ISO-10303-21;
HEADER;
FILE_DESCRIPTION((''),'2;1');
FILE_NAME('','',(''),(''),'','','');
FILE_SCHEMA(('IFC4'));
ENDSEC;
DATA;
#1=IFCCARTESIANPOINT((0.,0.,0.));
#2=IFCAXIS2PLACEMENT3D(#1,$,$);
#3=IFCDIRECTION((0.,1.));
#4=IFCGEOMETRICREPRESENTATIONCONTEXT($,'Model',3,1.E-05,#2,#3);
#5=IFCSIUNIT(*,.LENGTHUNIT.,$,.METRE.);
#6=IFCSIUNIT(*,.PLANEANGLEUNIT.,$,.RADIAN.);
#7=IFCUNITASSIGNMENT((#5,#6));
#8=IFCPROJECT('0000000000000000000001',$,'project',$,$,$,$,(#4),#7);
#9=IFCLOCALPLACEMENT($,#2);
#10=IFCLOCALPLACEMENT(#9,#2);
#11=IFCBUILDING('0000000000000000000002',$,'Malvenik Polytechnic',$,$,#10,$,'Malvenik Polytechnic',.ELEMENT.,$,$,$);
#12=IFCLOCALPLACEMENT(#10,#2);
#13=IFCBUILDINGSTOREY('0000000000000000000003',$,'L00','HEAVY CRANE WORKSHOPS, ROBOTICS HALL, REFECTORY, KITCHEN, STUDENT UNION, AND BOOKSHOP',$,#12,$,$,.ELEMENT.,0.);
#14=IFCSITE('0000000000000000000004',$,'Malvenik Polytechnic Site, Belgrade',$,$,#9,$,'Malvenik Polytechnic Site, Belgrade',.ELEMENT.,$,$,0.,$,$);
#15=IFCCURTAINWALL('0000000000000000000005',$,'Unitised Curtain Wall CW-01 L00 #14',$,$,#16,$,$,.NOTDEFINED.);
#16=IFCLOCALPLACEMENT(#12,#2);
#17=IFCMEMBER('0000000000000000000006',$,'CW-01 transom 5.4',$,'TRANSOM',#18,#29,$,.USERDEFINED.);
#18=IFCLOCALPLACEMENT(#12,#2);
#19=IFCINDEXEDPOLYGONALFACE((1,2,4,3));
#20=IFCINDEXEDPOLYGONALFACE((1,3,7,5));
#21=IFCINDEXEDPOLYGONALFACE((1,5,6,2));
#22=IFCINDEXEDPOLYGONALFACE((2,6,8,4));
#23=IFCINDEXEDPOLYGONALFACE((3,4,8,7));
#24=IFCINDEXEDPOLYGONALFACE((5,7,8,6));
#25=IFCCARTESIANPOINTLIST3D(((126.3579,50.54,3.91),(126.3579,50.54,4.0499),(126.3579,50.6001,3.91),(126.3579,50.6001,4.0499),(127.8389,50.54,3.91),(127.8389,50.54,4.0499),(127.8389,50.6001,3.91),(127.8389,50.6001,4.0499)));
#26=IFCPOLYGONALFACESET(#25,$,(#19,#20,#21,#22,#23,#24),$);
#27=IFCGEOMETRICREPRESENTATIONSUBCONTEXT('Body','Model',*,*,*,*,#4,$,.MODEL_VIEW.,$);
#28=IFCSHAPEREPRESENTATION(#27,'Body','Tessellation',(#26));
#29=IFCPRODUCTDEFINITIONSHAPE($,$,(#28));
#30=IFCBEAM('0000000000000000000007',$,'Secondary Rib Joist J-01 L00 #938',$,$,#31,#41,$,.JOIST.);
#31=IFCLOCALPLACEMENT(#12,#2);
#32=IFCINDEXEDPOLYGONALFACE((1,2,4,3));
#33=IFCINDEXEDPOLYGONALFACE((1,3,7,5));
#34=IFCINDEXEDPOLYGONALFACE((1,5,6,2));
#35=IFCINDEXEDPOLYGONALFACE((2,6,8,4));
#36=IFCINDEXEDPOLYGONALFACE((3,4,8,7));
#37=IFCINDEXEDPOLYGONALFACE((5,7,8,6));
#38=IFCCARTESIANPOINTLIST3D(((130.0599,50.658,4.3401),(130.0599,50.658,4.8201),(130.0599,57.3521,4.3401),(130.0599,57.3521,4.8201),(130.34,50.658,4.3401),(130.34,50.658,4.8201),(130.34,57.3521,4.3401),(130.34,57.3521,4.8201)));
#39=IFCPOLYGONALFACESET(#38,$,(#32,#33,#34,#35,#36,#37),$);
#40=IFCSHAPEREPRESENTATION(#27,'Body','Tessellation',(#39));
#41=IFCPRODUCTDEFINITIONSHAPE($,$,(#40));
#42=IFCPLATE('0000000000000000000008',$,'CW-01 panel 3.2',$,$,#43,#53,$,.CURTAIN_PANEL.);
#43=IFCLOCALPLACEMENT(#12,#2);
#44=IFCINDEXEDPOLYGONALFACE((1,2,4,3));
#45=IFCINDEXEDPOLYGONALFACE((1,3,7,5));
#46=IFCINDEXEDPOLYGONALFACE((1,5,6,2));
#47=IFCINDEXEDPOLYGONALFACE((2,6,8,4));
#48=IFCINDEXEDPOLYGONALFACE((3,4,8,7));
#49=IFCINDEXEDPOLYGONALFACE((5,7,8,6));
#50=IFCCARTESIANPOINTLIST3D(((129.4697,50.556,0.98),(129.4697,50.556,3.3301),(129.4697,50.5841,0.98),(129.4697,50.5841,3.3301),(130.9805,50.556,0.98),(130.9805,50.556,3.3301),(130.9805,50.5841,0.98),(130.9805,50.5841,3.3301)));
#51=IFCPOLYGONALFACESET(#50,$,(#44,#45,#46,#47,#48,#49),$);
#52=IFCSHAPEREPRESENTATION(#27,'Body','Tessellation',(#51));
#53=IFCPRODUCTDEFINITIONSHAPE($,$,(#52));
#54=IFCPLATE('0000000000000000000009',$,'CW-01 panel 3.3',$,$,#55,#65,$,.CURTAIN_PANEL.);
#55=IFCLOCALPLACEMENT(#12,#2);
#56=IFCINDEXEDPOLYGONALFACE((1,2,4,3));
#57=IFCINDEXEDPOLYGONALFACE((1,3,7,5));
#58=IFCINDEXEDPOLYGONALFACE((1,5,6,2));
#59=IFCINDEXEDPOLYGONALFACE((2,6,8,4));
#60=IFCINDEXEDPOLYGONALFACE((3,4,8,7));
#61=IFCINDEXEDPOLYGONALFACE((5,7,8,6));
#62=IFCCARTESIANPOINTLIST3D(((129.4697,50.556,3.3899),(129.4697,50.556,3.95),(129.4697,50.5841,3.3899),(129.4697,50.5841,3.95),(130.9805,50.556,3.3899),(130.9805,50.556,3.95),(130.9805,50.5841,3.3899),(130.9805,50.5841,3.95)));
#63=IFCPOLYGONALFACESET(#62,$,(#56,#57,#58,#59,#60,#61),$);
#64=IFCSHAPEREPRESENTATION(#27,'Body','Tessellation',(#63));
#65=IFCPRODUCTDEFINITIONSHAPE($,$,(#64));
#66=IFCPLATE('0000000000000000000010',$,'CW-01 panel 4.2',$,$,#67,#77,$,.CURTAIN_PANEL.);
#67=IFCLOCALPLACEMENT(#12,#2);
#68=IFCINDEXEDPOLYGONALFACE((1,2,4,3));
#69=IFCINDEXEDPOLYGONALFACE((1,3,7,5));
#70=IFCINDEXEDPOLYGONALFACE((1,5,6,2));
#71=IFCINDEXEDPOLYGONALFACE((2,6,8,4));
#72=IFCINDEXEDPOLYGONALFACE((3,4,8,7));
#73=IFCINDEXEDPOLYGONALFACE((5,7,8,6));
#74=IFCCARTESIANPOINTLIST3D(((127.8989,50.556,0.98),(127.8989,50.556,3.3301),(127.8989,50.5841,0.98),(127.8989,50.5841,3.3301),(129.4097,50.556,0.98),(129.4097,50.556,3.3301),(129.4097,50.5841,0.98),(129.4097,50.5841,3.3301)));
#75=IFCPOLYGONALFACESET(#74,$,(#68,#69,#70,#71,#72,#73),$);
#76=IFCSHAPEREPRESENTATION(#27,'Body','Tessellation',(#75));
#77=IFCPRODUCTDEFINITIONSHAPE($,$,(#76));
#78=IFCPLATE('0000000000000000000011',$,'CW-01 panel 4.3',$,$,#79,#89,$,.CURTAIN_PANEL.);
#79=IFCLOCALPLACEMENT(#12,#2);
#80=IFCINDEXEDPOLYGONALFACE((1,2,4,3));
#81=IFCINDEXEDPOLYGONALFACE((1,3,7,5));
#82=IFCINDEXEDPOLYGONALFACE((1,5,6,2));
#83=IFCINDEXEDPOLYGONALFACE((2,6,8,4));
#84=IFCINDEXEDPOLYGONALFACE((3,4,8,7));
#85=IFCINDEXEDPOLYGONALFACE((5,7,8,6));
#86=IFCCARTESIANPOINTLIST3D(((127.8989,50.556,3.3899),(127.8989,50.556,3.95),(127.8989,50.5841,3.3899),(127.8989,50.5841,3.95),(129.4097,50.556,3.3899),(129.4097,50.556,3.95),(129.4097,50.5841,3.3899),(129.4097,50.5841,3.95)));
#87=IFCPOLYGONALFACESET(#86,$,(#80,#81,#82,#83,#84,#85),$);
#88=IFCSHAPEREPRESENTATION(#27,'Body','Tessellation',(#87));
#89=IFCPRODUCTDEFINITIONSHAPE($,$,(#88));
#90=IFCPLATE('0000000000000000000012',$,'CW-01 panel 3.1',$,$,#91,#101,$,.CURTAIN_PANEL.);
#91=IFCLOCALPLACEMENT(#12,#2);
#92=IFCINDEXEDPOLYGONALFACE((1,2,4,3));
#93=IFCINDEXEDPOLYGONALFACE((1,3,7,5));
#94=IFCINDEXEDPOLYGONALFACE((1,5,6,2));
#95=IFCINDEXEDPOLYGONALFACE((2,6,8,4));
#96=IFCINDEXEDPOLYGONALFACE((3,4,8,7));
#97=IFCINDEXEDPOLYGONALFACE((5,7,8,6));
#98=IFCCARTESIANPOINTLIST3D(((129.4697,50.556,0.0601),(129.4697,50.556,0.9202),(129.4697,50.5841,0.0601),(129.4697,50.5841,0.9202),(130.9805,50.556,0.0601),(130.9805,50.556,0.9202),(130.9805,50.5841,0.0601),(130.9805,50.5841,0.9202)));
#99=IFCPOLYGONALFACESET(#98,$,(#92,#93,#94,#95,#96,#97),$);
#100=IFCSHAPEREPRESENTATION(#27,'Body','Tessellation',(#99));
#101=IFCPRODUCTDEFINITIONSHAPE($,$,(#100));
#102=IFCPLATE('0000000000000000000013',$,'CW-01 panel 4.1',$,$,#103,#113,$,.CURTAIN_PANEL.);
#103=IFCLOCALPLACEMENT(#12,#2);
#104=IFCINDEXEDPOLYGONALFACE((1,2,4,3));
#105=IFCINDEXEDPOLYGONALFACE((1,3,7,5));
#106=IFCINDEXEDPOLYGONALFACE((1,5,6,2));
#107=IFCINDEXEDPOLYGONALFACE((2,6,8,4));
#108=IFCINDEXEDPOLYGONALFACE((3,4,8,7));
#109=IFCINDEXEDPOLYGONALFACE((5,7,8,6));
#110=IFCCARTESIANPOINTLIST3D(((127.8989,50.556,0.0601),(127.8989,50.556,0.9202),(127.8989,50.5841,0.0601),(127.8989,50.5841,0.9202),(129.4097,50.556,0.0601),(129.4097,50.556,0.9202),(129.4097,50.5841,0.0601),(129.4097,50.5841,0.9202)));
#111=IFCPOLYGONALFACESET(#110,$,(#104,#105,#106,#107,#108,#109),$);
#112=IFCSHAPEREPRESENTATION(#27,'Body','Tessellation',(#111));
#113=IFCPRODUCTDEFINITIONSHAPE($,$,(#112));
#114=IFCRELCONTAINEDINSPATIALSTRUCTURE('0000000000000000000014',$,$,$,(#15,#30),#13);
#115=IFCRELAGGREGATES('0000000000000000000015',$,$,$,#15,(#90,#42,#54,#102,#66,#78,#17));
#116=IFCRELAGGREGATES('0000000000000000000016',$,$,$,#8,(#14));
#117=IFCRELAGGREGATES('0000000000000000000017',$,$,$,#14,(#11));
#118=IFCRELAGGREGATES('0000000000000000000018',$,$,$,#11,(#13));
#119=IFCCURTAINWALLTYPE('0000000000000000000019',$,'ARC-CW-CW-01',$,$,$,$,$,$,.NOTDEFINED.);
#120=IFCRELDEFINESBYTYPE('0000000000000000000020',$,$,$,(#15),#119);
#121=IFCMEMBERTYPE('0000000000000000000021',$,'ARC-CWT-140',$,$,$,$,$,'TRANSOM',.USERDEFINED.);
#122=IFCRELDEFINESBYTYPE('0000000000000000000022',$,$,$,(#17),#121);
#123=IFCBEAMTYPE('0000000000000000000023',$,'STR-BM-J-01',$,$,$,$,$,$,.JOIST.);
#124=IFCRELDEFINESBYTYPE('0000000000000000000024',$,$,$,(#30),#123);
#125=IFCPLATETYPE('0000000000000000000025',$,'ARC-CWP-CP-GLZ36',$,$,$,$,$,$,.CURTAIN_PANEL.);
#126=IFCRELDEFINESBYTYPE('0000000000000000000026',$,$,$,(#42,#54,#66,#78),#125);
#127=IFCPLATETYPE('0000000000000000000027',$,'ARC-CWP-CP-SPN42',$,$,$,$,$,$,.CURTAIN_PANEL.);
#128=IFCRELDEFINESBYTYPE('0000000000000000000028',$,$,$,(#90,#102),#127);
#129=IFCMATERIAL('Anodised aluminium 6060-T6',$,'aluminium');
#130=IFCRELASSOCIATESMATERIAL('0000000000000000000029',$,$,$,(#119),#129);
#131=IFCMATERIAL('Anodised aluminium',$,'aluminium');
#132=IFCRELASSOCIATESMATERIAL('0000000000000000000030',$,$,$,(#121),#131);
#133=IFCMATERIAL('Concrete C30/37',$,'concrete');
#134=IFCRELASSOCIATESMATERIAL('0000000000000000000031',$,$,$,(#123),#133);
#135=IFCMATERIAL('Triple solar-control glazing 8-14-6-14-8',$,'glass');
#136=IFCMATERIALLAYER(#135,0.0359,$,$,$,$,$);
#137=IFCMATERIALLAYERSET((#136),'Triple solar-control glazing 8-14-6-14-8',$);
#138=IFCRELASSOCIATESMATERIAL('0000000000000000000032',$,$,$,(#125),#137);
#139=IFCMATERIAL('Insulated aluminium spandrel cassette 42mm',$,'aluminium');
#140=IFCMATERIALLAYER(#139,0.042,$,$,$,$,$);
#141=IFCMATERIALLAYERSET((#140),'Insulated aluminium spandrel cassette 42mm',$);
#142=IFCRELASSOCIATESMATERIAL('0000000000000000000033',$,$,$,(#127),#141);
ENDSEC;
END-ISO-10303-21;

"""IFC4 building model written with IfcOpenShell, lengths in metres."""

from ifc_helpers import new_model, si_unit, direction, frame, origin, origin_2d, place, context, subcontext, project, spatial, rectangle, extrude, material, layer, layer_set, material_profile, profile_set, type_object, element, aggregate, save


model = new_model("IFC4")

# Units and contexts
model_context = context("Model", 3, precision=1e-05, world=origin(), true_north=direction((0.0, 1.0)))
body_context = subcontext(model_context, "Body", "Model", "MODEL_VIEW")
ifc_project = project(units=[si_unit("LENGTHUNIT", "METRE"), si_unit("PLANEANGLEUNIT", "RADIAN")], contexts=[model_context])

# Site, building, storey
site_placement = place(None, origin())
site = spatial("IfcSite", under=ifc_project, at=site_placement, Name="Malvenik Polytechnic Site, Belgrade", LongName="Malvenik Polytechnic Site, Belgrade", CompositionType="ELEMENT", RefElevation=0.0)
building_placement = place(site_placement, origin())
building = spatial("IfcBuilding", under=site, at=building_placement, Name="Malvenik Polytechnic", LongName="Malvenik Polytechnic", CompositionType="ELEMENT")
storey_placement = place(building_placement, origin())
storey = spatial("IfcBuildingStorey", under=building, at=storey_placement, Name="L00", Description="HEAVY CRANE WORKSHOPS, ROBOTICS HALL, REFECTORY, KITCHEN, STUDENT UNION, AND BOOKSHOP", CompositionType="ELEMENT", Elevation=0.0)

# Curtain wall, member
ifc_material_1 = material(Name="Anodised aluminium 6060-T6", Category="aluminium")
curtain_wall_type = type_object("IfcCurtainWallType", Name="ARC-CW-CW-01", PredefinedType="NOTDEFINED", material=ifc_material_1)
curtain_wall_placement = place(storey_placement, origin())
curtain_wall = element("IfcCurtainWall", 1, at=curtain_wall_placement, inside=storey, type_object=curtain_wall_type, Name="Unitised Curtain Wall CW-01 L00 #14", PredefinedType="NOTDEFINED")
ifc_material_2 = material(Name="Anodised aluminium", Category="aluminium")
ifc_material_profile_1 = material_profile(ifc_material_2, rectangle(XDim=0.0601, YDim=0.1399, at=origin_2d()), Name="ALU TRANSOM 60x140")
ifc_profile_set_1 = profile_set([ifc_material_profile_1], Name="Anodised aluminium")
member_type_1 = type_object("IfcMemberType", Name="ARC-CWT-140", ElementType="TRANSOM", PredefinedType="USERDEFINED", material=ifc_profile_set_1)
member_1_placement = place(storey_placement, frame((127.8389, 50.5701, 3.98), z_axis=(-1.0, 0.0, 0.0), x_axis=(0.0, -1.0, 0.0)))
member_1 = element("IfcMember", 2, at=member_1_placement, type_object=member_type_1, Name="CW-01 transom 5.4", ObjectType="TRANSOM", PredefinedType="USERDEFINED", context=body_context, shape_type="SweptSolid", body=[
    extrude(rectangle(XDim=0.0601, YDim=0.1399, at=origin_2d()), origin(), (0.0, 0.0, 1.0), 1.481),
])

# Beam
ifc_material_3 = material(Name="Concrete C30/37", Category="concrete")
ifc_material_profile_2 = material_profile(ifc_material_3, rectangle(XDim=0.28, YDim=0.48, at=origin_2d()), Name="RC JST 280x480")
ifc_profile_set_2 = profile_set([ifc_material_profile_2], Name="Concrete C30/37")
beam_type = type_object("IfcBeamType", Name="STR-BM-J-01", PredefinedType="JOIST", material=ifc_profile_set_2)
beam_placement = place(storey_placement, frame((130.2, 50.658, 4.5801), z_axis=(0.0, 1.0, 0.0), x_axis=(-1.0, 0.0, 0.0)))
element("IfcBeam", 3, at=beam_placement, inside=storey, type_object=beam_type, Name="Secondary Rib Joist J-01 L00 #938", PredefinedType="JOIST", context=body_context, shape_type="SweptSolid", body=[
    extrude(rectangle(XDim=0.28, YDim=0.48, at=origin_2d()), origin(), (0.0, 0.0, 1.0), 6.6941),
])

# Plates
ifc_material_4 = material(Name="Triple solar-control glazing 8-14-6-14-8", Category="glass")
ifc_layer_1 = layer(ifc_material_4, 0.0359)
ifc_layer_set_1 = layer_set([ifc_layer_1], Name="Triple solar-control glazing 8-14-6-14-8")
plate_type_1 = type_object("IfcPlateType", Name="ARC-CWP-CP-GLZ36", PredefinedType="CURTAIN_PANEL", material=ifc_layer_set_1)
plate_1_placement = place(storey_placement, frame((130.2251, 50.5701, 0.98), z_axis=(0.0, 0.0, 1.0), x_axis=(-1.0, 0.0, 0.0)))
plate_1 = element("IfcPlate", 4, at=plate_1_placement, type_object=plate_type_1, Name="CW-01 panel 3.2", PredefinedType="CURTAIN_PANEL", context=body_context, shape_type="SweptSolid", body=[
    extrude(rectangle(XDim=1.5107, YDim=0.0281, at=origin_2d()), origin(), (0.0, 0.0, 1.0), 2.3501),
])
plate_2_placement = place(storey_placement, frame((130.2251, 50.5701, 3.3899), z_axis=(0.0, 0.0, 1.0), x_axis=(-1.0, 0.0, 0.0)))
plate_2 = element("IfcPlate", 5, at=plate_2_placement, type_object=plate_type_1, Name="CW-01 panel 3.3", PredefinedType="CURTAIN_PANEL", context=body_context, shape_type="SweptSolid", body=[
    extrude(rectangle(XDim=1.5107, YDim=0.0281, at=origin_2d()), origin(), (0.0, 0.0, 1.0), 0.5601),
])
plate_3_placement = place(storey_placement, frame((128.6543, 50.5701, 0.98), z_axis=(0.0, 0.0, 1.0), x_axis=(-1.0, 0.0, 0.0)))
plate_3 = element("IfcPlate", 6, at=plate_3_placement, type_object=plate_type_1, Name="CW-01 panel 4.2", PredefinedType="CURTAIN_PANEL", context=body_context, shape_type="SweptSolid", body=[
    extrude(rectangle(XDim=1.5107, YDim=0.0281, at=origin_2d()), origin(), (0.0, 0.0, 1.0), 2.3501),
])
plate_4_placement = place(storey_placement, frame((128.6543, 50.5701, 3.3899), z_axis=(0.0, 0.0, 1.0), x_axis=(-1.0, 0.0, 0.0)))
plate_4 = element("IfcPlate", 7, at=plate_4_placement, type_object=plate_type_1, Name="CW-01 panel 4.3", PredefinedType="CURTAIN_PANEL", context=body_context, shape_type="SweptSolid", body=[
    extrude(rectangle(XDim=1.5107, YDim=0.0281, at=origin_2d()), origin(), (0.0, 0.0, 1.0), 0.5601),
])
ifc_material_5 = material(Name="Insulated aluminium spandrel cassette 42mm", Category="aluminium")
ifc_layer_2 = layer(ifc_material_5, 0.042)
ifc_layer_set_2 = layer_set([ifc_layer_2], Name="Insulated aluminium spandrel cassette 42mm")
plate_type_2 = type_object("IfcPlateType", Name="ARC-CWP-CP-SPN42", PredefinedType="CURTAIN_PANEL", material=ifc_layer_set_2)
plate_5_placement = place(storey_placement, frame((130.2251, 50.5701, 0.0601), z_axis=(0.0, 0.0, 1.0), x_axis=(-1.0, 0.0, 0.0)))
plate_5 = element("IfcPlate", 8, at=plate_5_placement, type_object=plate_type_2, Name="CW-01 panel 3.1", PredefinedType="CURTAIN_PANEL", context=body_context, shape_type="SweptSolid", body=[
    extrude(rectangle(XDim=1.5107, YDim=0.0281, at=origin_2d()), origin(), (0.0, 0.0, 1.0), 0.8601),
])
plate_6_placement = place(storey_placement, frame((128.6543, 50.5701, 0.0601), z_axis=(0.0, 0.0, 1.0), x_axis=(-1.0, 0.0, 0.0)))
plate_6 = element("IfcPlate", 9, at=plate_6_placement, type_object=plate_type_2, Name="CW-01 panel 4.1", PredefinedType="CURTAIN_PANEL", context=body_context, shape_type="SweptSolid", body=[
    extrude(rectangle(XDim=1.5107, YDim=0.0281, at=origin_2d()), origin(), (0.0, 0.0, 1.0), 0.8601),
])
aggregate(curtain_wall, [plate_5, plate_1, plate_2, plate_6, plate_3, plate_4, member_1])

save(model, "model.ifc")
